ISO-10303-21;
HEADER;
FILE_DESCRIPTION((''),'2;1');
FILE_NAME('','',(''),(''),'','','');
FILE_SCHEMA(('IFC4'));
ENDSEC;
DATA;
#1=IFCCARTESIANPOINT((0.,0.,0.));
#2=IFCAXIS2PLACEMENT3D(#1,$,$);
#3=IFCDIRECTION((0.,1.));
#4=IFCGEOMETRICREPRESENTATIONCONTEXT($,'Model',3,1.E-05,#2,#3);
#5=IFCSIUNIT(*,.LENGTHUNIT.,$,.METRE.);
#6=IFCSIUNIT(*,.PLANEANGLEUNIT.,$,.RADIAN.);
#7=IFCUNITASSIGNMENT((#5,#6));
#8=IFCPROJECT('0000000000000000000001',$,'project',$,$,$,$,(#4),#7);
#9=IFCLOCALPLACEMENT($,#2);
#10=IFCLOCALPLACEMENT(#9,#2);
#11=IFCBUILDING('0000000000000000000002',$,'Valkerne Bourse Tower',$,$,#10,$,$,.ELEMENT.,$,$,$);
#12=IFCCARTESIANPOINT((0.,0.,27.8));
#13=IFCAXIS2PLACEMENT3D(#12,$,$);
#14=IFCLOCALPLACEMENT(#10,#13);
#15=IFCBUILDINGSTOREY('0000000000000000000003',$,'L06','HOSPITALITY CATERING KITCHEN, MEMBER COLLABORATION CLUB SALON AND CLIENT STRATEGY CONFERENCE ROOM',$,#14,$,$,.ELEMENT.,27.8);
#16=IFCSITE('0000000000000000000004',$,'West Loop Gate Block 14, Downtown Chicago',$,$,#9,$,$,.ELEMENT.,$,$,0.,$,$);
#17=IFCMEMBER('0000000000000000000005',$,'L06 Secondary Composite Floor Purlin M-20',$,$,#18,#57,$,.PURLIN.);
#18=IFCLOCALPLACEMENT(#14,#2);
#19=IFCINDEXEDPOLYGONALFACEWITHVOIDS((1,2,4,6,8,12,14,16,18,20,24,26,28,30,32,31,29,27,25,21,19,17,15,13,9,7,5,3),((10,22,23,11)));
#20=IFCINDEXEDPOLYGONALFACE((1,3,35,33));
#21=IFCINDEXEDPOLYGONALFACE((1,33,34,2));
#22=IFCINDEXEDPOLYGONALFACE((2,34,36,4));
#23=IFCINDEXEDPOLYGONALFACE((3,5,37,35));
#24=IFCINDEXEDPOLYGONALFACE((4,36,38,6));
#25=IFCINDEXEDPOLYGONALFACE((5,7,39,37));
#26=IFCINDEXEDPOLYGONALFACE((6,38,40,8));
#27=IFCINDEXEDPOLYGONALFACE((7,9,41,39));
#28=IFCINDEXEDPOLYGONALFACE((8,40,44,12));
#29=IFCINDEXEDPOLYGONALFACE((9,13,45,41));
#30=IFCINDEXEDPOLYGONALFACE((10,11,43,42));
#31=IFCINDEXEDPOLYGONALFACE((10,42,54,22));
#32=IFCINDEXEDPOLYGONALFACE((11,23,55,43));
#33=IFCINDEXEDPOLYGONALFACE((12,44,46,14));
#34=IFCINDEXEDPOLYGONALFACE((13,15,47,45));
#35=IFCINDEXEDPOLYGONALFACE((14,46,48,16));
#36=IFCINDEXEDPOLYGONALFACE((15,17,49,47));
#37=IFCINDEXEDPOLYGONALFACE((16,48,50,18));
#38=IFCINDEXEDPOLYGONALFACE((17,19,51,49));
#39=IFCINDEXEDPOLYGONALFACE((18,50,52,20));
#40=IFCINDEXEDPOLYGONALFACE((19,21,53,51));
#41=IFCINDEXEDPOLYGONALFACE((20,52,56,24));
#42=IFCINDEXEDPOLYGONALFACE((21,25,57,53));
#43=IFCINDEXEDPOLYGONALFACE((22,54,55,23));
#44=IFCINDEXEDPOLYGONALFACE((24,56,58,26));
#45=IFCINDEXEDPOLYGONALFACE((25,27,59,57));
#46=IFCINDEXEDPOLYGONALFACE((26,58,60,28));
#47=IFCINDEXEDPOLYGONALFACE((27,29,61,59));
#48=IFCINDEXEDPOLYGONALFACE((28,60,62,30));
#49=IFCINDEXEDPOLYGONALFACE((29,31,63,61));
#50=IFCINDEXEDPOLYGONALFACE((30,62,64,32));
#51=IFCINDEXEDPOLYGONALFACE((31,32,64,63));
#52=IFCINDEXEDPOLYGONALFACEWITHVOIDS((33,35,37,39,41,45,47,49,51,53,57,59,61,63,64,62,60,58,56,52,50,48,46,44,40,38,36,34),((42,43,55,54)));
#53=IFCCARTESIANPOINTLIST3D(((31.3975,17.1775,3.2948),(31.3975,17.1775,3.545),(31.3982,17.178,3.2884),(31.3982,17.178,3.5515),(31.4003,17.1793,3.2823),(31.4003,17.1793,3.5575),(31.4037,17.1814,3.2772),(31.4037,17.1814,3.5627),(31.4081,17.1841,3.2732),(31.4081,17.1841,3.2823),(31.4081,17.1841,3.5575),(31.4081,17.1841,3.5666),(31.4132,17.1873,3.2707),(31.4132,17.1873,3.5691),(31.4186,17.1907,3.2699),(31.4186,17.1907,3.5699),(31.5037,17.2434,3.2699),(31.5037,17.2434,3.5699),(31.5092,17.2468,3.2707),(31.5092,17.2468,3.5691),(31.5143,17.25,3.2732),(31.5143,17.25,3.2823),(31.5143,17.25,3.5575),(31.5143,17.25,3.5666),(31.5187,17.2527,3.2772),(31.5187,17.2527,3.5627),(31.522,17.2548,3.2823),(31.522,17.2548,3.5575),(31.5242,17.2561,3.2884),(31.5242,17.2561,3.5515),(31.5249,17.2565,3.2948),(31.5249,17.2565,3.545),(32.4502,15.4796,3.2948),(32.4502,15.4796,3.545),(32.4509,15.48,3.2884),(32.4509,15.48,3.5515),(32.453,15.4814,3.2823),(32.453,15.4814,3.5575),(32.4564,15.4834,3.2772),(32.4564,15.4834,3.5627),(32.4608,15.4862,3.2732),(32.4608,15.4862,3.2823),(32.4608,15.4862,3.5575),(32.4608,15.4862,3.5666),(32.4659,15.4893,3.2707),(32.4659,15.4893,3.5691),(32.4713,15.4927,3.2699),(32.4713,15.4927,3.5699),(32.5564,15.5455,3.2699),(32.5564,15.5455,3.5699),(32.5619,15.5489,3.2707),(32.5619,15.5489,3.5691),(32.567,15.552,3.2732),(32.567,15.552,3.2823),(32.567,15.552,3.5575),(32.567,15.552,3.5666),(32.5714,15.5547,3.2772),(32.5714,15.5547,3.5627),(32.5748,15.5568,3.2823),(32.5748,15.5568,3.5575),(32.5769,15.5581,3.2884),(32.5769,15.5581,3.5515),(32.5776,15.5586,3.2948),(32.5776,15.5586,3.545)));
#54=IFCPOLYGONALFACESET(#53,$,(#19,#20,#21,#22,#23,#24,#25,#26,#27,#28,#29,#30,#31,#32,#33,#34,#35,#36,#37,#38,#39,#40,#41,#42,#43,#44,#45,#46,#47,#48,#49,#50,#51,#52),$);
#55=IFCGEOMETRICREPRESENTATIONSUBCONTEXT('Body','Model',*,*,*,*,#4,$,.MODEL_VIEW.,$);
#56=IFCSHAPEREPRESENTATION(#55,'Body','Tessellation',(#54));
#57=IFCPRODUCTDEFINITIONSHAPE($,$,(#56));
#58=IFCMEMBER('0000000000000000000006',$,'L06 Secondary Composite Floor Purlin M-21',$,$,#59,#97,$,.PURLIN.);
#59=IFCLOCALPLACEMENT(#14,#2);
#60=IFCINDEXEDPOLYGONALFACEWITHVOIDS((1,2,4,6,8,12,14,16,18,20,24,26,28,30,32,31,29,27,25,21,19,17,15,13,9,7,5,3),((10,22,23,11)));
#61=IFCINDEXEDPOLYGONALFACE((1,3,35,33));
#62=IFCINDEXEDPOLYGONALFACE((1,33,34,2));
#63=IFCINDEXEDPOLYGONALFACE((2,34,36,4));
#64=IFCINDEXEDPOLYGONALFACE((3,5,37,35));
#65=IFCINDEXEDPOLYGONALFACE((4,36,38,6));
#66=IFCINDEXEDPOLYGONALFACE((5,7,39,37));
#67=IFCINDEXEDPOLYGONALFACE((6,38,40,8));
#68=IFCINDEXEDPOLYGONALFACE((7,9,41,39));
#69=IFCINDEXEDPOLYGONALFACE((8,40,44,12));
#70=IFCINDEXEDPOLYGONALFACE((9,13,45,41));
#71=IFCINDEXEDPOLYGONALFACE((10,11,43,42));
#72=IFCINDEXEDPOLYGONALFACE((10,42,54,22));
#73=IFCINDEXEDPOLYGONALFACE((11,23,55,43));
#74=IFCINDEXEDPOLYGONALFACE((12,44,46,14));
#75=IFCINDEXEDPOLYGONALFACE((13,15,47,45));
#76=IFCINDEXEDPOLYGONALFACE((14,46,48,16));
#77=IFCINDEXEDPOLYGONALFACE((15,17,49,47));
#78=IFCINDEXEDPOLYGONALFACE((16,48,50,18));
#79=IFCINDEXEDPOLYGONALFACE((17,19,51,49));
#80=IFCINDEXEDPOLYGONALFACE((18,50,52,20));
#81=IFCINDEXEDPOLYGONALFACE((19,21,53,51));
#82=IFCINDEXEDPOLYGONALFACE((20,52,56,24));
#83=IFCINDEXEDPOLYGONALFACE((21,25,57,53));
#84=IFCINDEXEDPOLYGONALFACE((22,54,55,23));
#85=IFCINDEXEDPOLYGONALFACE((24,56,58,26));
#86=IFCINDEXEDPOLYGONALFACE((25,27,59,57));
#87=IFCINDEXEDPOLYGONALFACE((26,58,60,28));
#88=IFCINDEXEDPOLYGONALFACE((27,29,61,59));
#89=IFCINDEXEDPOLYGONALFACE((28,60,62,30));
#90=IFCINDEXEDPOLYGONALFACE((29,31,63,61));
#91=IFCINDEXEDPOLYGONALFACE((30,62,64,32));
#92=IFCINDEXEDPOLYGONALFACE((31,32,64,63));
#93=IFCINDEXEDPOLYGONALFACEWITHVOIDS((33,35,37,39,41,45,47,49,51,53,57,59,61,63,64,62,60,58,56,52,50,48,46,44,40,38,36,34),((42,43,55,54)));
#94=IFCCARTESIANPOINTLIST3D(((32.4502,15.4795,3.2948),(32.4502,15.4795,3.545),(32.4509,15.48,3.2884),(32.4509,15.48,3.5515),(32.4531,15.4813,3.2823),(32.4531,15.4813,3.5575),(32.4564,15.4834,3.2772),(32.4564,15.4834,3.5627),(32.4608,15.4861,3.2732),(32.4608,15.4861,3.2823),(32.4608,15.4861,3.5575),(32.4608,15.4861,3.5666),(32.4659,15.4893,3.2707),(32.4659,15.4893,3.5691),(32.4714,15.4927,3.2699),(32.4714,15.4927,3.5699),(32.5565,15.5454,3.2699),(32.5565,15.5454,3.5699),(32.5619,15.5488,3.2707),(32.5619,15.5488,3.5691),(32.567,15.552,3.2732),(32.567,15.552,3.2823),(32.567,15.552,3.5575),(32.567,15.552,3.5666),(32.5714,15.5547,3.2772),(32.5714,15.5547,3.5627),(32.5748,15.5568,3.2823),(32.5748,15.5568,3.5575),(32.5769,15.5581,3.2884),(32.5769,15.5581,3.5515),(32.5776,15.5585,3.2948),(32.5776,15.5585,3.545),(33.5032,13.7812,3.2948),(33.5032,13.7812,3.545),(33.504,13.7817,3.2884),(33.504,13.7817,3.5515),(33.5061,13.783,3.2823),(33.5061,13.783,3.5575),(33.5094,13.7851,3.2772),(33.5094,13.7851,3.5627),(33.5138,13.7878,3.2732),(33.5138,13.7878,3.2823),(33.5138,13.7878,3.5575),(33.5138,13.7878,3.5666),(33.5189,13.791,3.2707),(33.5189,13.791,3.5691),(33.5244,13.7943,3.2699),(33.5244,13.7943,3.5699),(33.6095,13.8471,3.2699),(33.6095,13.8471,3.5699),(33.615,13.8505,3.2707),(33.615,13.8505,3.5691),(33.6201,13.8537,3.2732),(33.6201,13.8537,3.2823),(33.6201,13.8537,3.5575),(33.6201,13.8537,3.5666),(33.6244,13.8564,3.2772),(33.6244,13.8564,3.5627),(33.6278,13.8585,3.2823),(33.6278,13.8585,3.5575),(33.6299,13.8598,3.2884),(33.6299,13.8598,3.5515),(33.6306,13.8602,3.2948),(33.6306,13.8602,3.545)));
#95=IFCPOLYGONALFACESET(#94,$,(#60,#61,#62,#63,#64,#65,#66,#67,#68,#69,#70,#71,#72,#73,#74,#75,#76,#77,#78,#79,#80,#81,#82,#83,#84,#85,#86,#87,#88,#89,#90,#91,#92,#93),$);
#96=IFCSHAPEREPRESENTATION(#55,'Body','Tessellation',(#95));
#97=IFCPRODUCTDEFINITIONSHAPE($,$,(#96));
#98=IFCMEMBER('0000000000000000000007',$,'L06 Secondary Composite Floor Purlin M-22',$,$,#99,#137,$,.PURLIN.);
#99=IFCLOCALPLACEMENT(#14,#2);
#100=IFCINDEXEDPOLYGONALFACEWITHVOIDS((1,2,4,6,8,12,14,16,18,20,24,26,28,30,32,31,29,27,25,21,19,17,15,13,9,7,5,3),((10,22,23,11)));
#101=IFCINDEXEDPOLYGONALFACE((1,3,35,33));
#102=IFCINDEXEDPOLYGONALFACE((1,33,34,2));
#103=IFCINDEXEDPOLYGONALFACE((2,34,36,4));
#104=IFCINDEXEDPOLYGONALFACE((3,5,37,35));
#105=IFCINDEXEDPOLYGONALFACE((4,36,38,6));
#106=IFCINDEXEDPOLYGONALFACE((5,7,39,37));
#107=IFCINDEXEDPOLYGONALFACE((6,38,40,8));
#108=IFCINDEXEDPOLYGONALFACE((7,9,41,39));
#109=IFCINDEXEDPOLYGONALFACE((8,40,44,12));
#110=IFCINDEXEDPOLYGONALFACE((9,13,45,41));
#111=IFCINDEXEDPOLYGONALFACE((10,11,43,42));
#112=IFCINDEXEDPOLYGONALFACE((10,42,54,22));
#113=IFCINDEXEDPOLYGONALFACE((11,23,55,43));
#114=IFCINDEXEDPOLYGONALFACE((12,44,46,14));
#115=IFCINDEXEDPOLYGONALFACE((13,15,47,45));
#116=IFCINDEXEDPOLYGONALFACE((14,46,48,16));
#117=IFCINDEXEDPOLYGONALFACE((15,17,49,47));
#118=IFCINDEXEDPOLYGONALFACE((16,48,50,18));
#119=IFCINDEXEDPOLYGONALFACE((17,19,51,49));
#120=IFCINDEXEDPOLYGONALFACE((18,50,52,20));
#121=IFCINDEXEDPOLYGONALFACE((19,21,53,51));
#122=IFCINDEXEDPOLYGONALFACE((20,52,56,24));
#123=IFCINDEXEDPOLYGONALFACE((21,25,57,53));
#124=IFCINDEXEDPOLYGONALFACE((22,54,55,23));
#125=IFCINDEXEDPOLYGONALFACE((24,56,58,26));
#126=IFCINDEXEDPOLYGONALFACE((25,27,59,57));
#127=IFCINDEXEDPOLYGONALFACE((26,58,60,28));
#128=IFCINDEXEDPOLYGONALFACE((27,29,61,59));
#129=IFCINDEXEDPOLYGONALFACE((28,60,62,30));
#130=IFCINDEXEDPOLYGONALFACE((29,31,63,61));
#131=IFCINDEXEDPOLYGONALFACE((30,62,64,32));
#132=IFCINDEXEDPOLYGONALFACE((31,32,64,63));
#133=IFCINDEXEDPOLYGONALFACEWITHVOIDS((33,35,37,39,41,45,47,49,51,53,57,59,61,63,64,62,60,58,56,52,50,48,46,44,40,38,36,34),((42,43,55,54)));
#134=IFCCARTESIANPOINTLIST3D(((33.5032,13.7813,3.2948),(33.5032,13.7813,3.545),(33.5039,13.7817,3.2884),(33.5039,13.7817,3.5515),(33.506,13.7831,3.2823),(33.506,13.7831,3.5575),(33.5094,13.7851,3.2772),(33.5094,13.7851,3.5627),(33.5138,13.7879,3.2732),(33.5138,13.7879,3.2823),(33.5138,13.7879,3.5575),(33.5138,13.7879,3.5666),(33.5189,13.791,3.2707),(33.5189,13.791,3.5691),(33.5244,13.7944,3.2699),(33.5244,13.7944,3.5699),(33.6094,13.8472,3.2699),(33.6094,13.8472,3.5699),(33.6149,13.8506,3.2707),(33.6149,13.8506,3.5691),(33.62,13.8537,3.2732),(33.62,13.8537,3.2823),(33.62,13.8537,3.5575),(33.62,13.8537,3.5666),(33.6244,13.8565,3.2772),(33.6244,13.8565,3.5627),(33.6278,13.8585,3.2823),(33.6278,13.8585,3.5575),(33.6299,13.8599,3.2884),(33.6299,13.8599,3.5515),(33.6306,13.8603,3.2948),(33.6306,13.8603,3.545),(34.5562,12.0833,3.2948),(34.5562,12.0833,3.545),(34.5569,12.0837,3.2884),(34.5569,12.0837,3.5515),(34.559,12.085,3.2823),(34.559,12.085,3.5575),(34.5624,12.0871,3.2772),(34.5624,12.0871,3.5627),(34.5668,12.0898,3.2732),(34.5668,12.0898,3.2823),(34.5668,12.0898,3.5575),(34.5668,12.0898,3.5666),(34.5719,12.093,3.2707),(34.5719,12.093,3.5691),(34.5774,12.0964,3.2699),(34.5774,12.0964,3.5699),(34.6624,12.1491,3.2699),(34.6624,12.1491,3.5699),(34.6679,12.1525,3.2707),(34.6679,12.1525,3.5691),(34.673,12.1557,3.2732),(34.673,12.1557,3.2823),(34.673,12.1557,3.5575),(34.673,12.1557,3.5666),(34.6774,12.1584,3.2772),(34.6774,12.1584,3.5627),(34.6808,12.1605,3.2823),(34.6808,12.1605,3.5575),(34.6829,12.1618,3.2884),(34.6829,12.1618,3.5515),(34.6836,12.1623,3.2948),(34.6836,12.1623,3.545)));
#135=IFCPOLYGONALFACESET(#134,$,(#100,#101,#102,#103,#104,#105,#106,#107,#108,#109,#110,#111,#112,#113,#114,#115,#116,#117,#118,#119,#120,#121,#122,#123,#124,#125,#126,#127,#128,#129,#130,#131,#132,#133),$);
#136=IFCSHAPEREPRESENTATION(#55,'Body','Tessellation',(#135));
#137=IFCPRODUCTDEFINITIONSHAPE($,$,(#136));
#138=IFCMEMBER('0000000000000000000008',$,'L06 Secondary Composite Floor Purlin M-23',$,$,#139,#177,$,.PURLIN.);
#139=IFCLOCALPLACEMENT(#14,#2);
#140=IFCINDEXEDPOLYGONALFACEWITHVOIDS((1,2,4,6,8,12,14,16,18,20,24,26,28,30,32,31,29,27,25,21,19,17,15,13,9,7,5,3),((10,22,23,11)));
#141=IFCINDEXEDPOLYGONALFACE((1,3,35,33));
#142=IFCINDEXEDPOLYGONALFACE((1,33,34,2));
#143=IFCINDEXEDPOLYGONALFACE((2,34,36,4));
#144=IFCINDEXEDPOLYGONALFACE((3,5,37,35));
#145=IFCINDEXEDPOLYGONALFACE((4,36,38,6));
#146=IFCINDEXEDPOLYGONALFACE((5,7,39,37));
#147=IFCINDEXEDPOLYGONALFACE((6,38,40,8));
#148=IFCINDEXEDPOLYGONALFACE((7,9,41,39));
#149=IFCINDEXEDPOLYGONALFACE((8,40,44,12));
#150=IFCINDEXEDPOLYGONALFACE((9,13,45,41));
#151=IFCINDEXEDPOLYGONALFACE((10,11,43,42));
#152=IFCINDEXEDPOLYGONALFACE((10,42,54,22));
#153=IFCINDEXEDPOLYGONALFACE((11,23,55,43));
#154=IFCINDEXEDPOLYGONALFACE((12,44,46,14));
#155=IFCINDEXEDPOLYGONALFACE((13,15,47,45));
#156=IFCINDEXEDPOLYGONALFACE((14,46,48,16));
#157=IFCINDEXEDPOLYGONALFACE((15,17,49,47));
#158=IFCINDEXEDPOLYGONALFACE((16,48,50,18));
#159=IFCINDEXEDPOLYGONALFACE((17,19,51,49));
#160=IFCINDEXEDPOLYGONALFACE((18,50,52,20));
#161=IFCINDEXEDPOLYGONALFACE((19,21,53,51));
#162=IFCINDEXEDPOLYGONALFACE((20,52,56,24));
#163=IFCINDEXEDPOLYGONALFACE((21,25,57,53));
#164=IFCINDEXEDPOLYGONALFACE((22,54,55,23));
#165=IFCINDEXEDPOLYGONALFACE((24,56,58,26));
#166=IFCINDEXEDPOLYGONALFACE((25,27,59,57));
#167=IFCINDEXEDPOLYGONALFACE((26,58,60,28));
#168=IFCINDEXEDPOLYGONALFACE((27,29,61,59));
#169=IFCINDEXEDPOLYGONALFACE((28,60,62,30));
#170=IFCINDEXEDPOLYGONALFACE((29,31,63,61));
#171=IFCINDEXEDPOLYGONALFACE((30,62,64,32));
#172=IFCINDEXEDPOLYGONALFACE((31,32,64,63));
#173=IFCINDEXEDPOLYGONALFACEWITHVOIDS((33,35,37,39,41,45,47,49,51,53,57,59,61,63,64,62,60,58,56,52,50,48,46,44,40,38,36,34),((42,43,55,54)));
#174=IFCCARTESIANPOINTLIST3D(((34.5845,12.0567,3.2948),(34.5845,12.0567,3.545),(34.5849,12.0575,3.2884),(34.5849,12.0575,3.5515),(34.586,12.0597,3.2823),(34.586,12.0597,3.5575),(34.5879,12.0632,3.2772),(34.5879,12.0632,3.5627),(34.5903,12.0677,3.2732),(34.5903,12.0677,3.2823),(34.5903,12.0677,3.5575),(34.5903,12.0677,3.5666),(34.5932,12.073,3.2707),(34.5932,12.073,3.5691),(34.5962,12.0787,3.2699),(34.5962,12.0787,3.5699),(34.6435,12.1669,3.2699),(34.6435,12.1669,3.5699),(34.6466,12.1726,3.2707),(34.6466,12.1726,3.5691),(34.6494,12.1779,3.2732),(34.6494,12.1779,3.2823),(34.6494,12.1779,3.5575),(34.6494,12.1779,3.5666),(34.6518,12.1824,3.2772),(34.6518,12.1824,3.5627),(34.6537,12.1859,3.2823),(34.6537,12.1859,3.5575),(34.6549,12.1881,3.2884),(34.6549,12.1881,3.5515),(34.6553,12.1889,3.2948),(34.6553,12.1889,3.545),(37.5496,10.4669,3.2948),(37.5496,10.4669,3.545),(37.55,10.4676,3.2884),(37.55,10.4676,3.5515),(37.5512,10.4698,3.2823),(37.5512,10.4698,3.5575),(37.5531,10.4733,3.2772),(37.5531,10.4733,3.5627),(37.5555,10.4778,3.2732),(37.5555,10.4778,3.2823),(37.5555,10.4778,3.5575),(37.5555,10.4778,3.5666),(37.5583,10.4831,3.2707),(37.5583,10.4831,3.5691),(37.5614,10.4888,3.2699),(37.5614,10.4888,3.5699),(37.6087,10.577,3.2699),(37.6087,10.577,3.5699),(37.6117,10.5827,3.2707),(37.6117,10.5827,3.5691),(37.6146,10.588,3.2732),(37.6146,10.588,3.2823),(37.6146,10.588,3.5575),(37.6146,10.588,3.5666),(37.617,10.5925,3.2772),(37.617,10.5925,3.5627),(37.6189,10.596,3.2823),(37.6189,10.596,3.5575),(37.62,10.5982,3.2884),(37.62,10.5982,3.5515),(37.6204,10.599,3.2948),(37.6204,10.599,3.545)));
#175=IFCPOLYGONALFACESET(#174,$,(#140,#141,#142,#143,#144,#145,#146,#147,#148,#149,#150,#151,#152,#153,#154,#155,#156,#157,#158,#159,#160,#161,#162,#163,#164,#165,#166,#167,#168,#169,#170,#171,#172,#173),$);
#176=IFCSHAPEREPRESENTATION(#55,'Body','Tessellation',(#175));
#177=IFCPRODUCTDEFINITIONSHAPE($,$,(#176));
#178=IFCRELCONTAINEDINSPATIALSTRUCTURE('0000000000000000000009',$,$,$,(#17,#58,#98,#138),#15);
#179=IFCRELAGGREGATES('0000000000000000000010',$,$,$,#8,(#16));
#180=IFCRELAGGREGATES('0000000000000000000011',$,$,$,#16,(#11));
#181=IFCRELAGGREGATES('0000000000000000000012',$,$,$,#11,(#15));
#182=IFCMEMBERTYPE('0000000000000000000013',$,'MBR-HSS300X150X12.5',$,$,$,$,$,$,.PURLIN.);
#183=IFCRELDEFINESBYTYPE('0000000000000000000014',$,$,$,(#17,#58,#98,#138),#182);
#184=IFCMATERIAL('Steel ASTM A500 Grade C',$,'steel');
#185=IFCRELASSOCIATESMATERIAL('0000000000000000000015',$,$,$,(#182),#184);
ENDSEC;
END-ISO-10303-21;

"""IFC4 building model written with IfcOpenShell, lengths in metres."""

from ifc_helpers import new_model, si_unit, direction, frame, origin, origin_2d, place, context, subcontext, project, spatial, hollow_rectangle, extrude, material, material_profile, profile_set, type_object, element, save


model = new_model("IFC4")

# Units and contexts
model_context = context("Model", 3, precision=1e-05, world=origin(), true_north=direction((0.0, 1.0)))
body_context = subcontext(model_context, "Body", "Model", "MODEL_VIEW")
ifc_project = project(units=[si_unit("LENGTHUNIT", "METRE"), si_unit("PLANEANGLEUNIT", "RADIAN")], contexts=[model_context])

# Site, building, storey
site_placement = place(None, origin())
site = spatial("IfcSite", under=ifc_project, at=site_placement, Name="West Loop Gate Block 14, Downtown Chicago", CompositionType="ELEMENT", RefElevation=0.0)
building_placement = place(site_placement, origin())
building = spatial("IfcBuilding", under=site, at=building_placement, Name="Valkerne Bourse Tower", CompositionType="ELEMENT")
storey_placement = place(building_placement, frame((0.0, 0.0, 27.8)))
storey = spatial("IfcBuildingStorey", under=building, at=storey_placement, Name="L06", Description="HOSPITALITY CATERING KITCHEN, MEMBER COLLABORATION CLUB SALON AND CLIENT STRATEGY CONFERENCE ROOM", CompositionType="ELEMENT", Elevation=27.8)

# Members
ifc_material_1 = material(Name="Steel ASTM A500 Grade C", Category="steel")
ifc_material_profile_1 = material_profile(ifc_material_1, hollow_rectangle(XDim=0.1499, YDim=0.3, WallThickness=0.0125, OuterFilletRadius=0.0249, at=origin_2d()), Name="HSS300X150X12.5")
ifc_profile_set_1 = profile_set([ifc_material_profile_1], Name="Steel ASTM A500 Grade C")
member_type_1 = type_object("IfcMemberType", Name="MBR-HSS300X150X12.5", PredefinedType="PURLIN", material=ifc_profile_set_1)
member_1_placement = place(storey_placement, frame((31.4612, 17.217, 3.4199), z_axis=(0.526931, -0.849908, 0.0), x_axis=(0.849908, 0.526931, 0.0)))
element("IfcMember", 1, at=member_1_placement, inside=storey, type_object=member_type_1, Name="L06 Secondary Composite Floor Purlin M-20", PredefinedType="PURLIN", context=body_context, shape_type="SweptSolid", body=[
    extrude(hollow_rectangle(XDim=0.1499, YDim=0.3, WallThickness=0.0125, OuterFilletRadius=0.0249, at=origin_2d()), origin(), (0.0, 0.0, 1.0), 1.9978),
])
member_2_placement = place(storey_placement, frame((32.5139, 15.519, 3.4199), z_axis=(0.526964, -0.849887, 0.0), x_axis=(0.849887, 0.526964, 0.0)))
element("IfcMember", 2, at=member_2_placement, inside=storey, type_object=member_type_1, Name="L06 Secondary Composite Floor Purlin M-21", PredefinedType="PURLIN", context=body_context, shape_type="SweptSolid", body=[
    extrude(hollow_rectangle(XDim=0.1499, YDim=0.3, WallThickness=0.0125, OuterFilletRadius=0.0249, at=origin_2d()), origin(), (0.0, 0.0, 1.0), 1.9983),
])
member_3_placement = place(storey_placement, frame((33.5669, 13.8208, 3.4199), z_axis=(0.527019, -0.849853, 0.0), x_axis=(0.849853, 0.527019, 0.0)))
element("IfcMember", 3, at=member_3_placement, inside=storey, type_object=member_type_1, Name="L06 Secondary Composite Floor Purlin M-22", PredefinedType="PURLIN", context=body_context, shape_type="SweptSolid", body=[
    extrude(hollow_rectangle(XDim=0.1499, YDim=0.3, WallThickness=0.0125, OuterFilletRadius=0.0249, at=origin_2d()), origin(), (0.0, 0.0, 1.0), 1.998),
])
member_4_placement = place(storey_placement, frame((34.6199, 12.1228, 3.4199), z_axis=(0.881306, -0.472546, 0.0), x_axis=(0.472546, 0.881306, 0.0)))
element("IfcMember", 4, at=member_4_placement, inside=storey, type_object=member_type_1, Name="L06 Secondary Composite Floor Purlin M-23", PredefinedType="PURLIN", context=body_context, shape_type="SweptSolid", body=[
    extrude(hollow_rectangle(XDim=0.1499, YDim=0.3, WallThickness=0.0125, OuterFilletRadius=0.0249, at=origin_2d()), origin(), (0.0, 0.0, 1.0), 3.3645),
])

save(model, "model.ifc")
